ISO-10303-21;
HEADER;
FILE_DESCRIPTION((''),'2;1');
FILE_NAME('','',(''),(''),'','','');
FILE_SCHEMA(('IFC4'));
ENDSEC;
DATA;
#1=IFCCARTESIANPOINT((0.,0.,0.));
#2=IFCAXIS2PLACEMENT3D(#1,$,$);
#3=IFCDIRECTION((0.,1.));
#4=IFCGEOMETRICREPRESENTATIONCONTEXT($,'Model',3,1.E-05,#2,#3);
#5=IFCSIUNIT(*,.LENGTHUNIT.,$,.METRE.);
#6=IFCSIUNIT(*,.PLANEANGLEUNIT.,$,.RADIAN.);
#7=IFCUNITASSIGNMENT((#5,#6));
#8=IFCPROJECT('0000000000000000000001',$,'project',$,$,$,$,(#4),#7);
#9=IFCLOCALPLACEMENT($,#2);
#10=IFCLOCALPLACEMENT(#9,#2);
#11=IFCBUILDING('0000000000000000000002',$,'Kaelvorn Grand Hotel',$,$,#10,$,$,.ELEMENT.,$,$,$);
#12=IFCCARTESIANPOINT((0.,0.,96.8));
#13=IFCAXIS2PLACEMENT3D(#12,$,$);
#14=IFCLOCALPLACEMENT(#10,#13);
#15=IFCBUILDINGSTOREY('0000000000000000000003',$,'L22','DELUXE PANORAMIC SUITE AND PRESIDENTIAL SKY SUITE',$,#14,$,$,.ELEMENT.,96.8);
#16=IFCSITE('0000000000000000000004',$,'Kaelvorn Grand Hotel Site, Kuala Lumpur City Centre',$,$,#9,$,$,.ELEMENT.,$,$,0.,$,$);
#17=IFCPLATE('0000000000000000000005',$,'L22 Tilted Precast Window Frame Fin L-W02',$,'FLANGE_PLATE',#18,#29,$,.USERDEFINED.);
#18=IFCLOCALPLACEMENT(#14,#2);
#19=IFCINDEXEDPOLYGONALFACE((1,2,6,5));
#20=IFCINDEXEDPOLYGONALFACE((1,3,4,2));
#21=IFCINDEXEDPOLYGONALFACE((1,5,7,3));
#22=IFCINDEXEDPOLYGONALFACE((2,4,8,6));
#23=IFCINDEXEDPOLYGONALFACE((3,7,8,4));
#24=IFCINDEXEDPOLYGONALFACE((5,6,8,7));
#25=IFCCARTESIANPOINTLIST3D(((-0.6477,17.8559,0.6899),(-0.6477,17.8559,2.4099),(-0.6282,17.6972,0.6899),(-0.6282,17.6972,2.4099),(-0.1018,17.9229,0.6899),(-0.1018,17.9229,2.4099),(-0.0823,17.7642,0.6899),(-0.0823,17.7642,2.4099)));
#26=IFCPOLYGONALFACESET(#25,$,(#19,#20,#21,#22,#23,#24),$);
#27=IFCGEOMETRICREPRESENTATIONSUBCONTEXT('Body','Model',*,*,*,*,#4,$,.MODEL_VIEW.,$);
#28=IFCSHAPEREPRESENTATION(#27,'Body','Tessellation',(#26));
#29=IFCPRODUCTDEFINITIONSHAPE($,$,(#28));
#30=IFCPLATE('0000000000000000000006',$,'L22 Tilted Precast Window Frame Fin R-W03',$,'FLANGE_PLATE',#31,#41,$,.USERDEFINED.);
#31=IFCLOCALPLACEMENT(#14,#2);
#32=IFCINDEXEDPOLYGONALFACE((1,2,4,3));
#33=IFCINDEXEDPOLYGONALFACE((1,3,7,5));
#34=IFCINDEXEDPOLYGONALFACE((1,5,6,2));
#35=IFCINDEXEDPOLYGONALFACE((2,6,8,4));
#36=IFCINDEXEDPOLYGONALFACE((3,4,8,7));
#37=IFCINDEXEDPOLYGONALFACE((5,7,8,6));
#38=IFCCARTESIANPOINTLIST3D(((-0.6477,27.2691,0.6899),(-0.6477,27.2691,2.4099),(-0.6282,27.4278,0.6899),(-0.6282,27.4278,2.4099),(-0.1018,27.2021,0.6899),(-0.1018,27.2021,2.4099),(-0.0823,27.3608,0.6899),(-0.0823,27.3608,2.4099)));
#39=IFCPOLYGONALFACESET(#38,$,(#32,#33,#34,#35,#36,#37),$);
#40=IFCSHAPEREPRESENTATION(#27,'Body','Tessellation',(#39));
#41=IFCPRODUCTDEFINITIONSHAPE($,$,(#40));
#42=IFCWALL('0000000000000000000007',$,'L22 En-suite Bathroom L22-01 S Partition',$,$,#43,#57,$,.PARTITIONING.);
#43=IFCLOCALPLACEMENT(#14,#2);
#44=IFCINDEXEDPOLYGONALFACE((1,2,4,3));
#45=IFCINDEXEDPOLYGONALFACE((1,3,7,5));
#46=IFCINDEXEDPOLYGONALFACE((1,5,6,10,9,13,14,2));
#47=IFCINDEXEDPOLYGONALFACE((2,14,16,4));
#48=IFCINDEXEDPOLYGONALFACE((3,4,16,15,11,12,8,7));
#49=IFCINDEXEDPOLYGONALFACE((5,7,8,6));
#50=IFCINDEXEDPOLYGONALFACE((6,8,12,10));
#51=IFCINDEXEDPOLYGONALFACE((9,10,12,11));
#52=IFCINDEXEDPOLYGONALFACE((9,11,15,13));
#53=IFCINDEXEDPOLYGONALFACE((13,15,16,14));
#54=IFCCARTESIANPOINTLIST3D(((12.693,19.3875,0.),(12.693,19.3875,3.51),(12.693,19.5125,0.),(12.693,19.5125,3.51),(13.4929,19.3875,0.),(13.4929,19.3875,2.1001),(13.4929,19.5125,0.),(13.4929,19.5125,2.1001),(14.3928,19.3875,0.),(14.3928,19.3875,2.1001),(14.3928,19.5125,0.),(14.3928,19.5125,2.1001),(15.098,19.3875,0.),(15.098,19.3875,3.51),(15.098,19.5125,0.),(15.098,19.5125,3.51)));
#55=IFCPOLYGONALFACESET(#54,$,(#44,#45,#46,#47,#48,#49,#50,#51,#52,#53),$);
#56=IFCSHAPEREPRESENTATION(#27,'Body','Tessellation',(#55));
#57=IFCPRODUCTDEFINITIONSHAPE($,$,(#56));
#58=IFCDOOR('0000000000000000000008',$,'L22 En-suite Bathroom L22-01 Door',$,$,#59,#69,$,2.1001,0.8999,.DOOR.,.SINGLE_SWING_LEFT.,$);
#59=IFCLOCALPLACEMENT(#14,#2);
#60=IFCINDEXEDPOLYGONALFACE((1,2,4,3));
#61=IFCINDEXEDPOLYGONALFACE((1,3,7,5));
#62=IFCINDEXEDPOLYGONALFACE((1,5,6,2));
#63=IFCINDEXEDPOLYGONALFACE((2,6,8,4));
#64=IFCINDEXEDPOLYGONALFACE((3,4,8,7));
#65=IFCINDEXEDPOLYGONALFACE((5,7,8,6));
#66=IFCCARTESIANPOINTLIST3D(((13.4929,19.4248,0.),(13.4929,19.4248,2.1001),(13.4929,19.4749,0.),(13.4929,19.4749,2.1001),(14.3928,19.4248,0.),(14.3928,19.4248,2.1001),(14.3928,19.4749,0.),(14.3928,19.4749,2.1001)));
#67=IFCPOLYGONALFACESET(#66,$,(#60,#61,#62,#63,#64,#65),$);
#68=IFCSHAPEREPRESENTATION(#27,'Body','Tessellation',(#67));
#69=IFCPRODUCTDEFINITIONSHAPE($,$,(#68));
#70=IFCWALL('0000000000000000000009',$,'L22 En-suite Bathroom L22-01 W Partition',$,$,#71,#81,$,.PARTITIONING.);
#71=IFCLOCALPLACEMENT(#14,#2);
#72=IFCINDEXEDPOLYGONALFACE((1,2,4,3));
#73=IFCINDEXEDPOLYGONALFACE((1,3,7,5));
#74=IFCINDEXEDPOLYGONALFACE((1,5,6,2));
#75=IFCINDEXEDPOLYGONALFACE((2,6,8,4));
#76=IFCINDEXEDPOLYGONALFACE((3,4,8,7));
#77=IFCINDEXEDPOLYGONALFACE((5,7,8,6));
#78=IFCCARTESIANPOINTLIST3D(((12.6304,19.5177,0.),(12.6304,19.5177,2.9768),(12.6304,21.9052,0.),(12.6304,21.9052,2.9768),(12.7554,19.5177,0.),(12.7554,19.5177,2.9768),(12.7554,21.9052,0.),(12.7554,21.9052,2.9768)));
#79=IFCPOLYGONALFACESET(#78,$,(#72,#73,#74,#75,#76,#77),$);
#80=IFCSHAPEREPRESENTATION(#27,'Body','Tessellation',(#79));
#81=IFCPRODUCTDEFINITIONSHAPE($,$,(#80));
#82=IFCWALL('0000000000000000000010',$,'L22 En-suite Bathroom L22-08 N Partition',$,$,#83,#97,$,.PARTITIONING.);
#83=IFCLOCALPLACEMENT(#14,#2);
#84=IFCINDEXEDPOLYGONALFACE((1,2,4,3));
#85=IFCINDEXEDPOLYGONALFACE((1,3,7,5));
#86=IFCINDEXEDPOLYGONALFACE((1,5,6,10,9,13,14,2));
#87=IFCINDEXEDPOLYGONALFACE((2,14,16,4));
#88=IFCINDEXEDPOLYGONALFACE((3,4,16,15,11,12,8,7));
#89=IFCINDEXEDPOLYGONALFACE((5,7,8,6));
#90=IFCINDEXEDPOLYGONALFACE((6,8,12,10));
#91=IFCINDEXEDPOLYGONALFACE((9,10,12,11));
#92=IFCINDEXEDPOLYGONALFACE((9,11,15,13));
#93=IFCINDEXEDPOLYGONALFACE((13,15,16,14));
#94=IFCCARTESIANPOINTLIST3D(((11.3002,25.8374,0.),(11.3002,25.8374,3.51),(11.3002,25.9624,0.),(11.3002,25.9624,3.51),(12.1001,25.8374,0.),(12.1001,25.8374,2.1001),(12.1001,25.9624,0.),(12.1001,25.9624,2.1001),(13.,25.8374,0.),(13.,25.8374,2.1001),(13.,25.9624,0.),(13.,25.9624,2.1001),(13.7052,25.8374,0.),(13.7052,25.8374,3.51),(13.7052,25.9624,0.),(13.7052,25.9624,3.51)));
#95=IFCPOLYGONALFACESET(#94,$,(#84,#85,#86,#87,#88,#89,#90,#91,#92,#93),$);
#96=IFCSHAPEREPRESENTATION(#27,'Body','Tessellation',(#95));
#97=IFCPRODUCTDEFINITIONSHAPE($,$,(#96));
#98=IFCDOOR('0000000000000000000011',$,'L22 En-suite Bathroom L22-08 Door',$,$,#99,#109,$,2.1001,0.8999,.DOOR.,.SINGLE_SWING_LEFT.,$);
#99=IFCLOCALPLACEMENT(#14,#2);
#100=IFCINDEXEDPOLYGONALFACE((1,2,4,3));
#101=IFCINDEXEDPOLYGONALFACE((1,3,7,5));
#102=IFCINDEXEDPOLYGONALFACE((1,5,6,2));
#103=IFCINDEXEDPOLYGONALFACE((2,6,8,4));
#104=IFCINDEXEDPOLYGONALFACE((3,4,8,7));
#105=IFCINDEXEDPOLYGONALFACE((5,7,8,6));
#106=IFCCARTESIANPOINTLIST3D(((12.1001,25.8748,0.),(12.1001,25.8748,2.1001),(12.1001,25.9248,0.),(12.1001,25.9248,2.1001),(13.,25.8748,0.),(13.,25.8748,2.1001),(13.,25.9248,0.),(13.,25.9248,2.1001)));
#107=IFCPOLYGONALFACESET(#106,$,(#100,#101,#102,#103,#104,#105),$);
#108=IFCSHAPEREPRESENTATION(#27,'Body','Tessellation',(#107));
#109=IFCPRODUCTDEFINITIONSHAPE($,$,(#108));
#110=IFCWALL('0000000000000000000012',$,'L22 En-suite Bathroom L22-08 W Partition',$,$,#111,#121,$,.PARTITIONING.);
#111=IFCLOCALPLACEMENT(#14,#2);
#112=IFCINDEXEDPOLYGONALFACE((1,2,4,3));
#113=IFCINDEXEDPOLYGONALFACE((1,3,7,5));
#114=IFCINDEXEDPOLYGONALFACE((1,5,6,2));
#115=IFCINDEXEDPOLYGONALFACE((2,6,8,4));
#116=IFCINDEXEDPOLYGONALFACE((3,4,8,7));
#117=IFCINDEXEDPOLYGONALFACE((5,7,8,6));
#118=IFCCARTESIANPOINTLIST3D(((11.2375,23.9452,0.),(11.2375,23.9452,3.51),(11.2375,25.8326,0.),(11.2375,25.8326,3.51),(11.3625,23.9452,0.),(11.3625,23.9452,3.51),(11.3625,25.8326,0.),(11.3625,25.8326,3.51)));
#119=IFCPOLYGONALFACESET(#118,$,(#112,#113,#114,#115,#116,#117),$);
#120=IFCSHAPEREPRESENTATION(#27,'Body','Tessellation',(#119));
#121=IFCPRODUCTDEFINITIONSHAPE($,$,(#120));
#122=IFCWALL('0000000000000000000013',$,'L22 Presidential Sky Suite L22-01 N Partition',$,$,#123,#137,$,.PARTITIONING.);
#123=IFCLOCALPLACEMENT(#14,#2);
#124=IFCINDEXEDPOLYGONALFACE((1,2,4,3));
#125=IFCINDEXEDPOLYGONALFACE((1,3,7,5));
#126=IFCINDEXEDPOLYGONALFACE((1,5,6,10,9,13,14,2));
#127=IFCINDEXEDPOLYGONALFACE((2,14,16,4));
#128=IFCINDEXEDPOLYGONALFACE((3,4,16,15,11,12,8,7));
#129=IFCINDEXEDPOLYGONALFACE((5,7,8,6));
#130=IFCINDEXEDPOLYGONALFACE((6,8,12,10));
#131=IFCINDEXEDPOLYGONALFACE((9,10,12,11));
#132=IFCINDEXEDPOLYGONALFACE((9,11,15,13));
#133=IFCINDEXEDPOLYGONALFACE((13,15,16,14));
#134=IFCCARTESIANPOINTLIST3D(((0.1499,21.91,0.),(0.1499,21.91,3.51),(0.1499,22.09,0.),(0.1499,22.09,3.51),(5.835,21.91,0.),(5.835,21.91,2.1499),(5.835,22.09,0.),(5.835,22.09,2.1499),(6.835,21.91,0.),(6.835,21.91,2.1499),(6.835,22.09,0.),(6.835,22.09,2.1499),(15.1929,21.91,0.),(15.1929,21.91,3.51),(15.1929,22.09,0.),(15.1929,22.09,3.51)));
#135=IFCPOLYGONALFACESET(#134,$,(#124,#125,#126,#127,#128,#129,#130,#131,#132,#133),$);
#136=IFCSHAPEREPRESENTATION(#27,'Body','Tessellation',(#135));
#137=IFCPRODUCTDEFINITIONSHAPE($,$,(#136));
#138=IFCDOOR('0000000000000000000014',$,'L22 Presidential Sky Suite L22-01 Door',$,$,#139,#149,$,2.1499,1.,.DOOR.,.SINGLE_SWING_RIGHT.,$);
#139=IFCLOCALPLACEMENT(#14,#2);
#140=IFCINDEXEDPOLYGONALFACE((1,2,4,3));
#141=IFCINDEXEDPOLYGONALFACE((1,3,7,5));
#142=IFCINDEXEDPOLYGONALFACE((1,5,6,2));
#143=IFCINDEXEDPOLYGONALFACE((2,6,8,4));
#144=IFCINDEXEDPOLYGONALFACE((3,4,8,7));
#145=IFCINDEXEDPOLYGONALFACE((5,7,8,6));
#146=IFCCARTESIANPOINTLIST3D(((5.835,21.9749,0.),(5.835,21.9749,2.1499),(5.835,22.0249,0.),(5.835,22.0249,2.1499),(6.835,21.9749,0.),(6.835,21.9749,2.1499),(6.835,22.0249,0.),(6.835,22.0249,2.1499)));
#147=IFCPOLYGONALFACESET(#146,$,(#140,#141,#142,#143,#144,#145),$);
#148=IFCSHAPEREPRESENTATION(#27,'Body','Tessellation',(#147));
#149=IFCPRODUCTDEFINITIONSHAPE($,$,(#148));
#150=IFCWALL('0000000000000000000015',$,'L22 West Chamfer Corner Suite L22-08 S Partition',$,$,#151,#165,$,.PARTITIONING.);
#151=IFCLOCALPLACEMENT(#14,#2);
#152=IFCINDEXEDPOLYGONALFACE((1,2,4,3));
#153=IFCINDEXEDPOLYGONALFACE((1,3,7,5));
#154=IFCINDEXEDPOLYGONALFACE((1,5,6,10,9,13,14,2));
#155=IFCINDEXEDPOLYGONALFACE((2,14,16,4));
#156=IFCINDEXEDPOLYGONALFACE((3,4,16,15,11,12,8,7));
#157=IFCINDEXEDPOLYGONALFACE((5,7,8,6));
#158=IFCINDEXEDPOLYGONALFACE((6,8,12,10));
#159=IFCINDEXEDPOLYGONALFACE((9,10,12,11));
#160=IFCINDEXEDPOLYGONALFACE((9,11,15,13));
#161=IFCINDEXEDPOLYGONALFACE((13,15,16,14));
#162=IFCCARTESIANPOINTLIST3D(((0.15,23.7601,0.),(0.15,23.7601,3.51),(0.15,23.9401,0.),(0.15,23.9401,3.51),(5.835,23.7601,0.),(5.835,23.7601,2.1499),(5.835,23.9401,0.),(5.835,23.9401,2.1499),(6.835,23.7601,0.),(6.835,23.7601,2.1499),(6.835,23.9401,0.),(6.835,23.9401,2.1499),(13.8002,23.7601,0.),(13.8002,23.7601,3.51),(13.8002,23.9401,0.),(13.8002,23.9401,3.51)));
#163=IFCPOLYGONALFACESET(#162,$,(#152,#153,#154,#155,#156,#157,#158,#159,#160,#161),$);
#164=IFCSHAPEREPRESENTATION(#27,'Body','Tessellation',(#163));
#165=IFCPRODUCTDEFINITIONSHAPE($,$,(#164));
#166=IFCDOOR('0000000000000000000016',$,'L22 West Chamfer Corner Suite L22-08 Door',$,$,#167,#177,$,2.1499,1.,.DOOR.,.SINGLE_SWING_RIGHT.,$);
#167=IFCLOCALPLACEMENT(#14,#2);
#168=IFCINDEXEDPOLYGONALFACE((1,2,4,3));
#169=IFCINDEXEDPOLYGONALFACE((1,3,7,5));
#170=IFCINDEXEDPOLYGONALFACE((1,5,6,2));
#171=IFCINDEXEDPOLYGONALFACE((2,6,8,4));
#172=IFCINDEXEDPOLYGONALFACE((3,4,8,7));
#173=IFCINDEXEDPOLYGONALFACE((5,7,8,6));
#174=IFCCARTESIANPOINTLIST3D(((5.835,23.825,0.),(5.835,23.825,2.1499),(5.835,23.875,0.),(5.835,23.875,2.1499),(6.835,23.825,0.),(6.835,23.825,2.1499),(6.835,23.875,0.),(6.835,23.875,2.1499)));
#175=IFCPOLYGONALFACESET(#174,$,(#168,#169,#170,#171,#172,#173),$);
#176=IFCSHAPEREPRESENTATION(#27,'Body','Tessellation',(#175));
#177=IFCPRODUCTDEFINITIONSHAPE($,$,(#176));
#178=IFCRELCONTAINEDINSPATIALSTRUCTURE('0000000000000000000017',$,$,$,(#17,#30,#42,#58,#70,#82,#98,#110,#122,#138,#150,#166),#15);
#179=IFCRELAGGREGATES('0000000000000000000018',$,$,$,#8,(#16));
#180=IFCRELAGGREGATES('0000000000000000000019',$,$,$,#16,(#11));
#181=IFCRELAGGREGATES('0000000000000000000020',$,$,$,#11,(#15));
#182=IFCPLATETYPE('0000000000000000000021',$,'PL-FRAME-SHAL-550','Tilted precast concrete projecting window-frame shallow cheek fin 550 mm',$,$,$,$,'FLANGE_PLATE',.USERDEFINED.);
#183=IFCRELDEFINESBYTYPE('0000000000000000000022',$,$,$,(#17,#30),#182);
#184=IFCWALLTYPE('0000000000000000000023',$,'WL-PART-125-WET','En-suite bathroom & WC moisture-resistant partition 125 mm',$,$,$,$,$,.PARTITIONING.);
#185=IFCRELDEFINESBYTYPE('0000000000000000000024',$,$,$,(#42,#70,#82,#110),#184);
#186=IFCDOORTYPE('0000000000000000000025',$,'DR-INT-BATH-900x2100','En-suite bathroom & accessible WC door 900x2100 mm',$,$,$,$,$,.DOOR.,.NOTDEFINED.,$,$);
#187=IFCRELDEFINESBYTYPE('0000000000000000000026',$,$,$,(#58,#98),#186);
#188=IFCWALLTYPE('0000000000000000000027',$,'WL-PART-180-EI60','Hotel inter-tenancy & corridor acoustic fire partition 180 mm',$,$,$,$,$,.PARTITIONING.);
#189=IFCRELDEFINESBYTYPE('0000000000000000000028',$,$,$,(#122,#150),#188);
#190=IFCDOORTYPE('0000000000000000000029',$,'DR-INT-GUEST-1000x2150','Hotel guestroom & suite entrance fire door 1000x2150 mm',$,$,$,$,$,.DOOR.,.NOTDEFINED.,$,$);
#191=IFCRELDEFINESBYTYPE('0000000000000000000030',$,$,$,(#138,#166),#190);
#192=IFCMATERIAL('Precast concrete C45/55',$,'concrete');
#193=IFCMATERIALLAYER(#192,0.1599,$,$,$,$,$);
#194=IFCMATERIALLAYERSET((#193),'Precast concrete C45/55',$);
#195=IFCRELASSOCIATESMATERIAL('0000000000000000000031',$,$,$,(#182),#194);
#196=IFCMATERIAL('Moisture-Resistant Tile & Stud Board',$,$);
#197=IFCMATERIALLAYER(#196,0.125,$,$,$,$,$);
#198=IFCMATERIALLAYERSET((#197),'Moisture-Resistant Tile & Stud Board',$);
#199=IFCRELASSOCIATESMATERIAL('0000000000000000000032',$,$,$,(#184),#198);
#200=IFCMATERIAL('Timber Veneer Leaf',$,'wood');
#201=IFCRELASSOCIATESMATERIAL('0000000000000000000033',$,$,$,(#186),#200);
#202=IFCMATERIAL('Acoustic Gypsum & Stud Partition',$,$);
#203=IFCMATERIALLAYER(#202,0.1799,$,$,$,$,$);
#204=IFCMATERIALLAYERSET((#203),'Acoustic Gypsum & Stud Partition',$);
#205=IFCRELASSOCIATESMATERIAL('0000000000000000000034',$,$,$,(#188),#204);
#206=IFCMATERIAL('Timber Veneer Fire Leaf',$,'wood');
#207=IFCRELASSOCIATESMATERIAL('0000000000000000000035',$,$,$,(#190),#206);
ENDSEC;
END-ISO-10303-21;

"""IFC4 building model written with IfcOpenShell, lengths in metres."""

from ifc_helpers import new_model, si_unit, direction, frame, frame_2d, origin, origin_2d, place, context, subcontext, project, spatial, rectangle, extrude, material, layer, layer_set, type_object, element, fill, save


model = new_model("IFC4")

# Units and contexts
model_context = context("Model", 3, precision=1e-05, world=origin(), true_north=direction((0.0, 1.0)))
body_context = subcontext(model_context, "Body", "Model", "MODEL_VIEW")
ifc_project = project(units=[si_unit("LENGTHUNIT", "METRE"), si_unit("PLANEANGLEUNIT", "RADIAN")], contexts=[model_context])

# Site, building, storey
site_placement = place(None, origin())
site = spatial("IfcSite", under=ifc_project, at=site_placement, Name="Kaelvorn Grand Hotel Site, Kuala Lumpur City Centre", CompositionType="ELEMENT", RefElevation=0.0)
building_placement = place(site_placement, origin())
building = spatial("IfcBuilding", under=site, at=building_placement, Name="Kaelvorn Grand Hotel", CompositionType="ELEMENT")
storey_placement = place(building_placement, frame((0.0, 0.0, 96.8)))
storey = spatial("IfcBuildingStorey", under=building, at=storey_placement, Name="L22", Description="DELUXE PANORAMIC SUITE AND PRESIDENTIAL SKY SUITE", CompositionType="ELEMENT", Elevation=96.8)

# Plates
ifc_material_1 = material(Name="Precast concrete C45/55", Category="concrete")
ifc_layer_1 = layer(ifc_material_1, 0.1599)
ifc_layer_set_1 = layer_set([ifc_layer_1], Name="Precast concrete C45/55")
plate_type_1 = type_object("IfcPlateType", Name="PL-FRAME-SHAL-550", Description="Tilted precast concrete projecting window-frame shallow cheek fin 550 mm", ElementType="FLANGE_PLATE", PredefinedType="USERDEFINED", material=ifc_layer_set_1)
for number, where, z_axis, x_axis, name in (
    (1, (-0.365, 17.8101, 0.6899), (0.0, 0.0, 1.0), (-0.121869, 0.992546, 0.0), "L22 Tilted Precast Window Frame Fin L-W02"),
    (2, (-0.365, 27.3149, 0.6899), (0.0, 0.0, 1.0), (0.121869, 0.992546, 0.0), "L22 Tilted Precast Window Frame Fin R-W03"),
):
    element("IfcPlate", number, at=place(storey_placement, frame(where, z_axis=z_axis, x_axis=x_axis)), inside=storey, type_object=plate_type_1, Name=name, ObjectType="FLANGE_PLATE", PredefinedType="USERDEFINED", context=body_context, shape_type="SweptSolid", body=[
        extrude(rectangle(XDim=0.1599, YDim=0.55, at=origin_2d()), origin(), (0.0, 0.0, 1.0), 1.72),
    ])

# Wall, opening, door
ifc_material_2 = material(Name="Moisture-Resistant Tile & Stud Board")
ifc_layer_2 = layer(ifc_material_2, 0.125)
ifc_layer_set_2 = layer_set([ifc_layer_2], Name="Moisture-Resistant Tile & Stud Board")
wall_type_1 = type_object("IfcWallType", Name="WL-PART-125-WET", Description="En-suite bathroom & WC moisture-resistant partition 125 mm", PredefinedType="PARTITIONING", material=ifc_layer_set_2)
wall_1_placement = place(storey_placement, frame((12.6929, 19.45, 0.0), z_axis=(0.0, 0.0, 1.0), x_axis=(1.0, 0.0, 0.0)))
wall_1 = element("IfcWall", 3, at=wall_1_placement, inside=storey, type_object=wall_type_1, Name="L22 En-suite Bathroom L22-01 S Partition", PredefinedType="PARTITIONING", context=body_context, shape_type="SweptSolid", body=[
    extrude(rectangle(XDim=2.405, YDim=0.125, at=frame_2d((1.2026, 0.0))), origin(), (0.0, 0.0, 1.0), 3.51),
])
opening_1_placement = place(wall_1_placement, frame((0.8, 0.0, 0.0)))
opening_1 = element("IfcOpeningElement", 4, at=opening_1_placement, cuts=wall_1, PredefinedType="OPENING", context=body_context, shape_type="SweptSolid", body=[
    extrude(rectangle(XDim=0.8999, YDim=2.1001, at=frame_2d((0.45, 1.05))), frame((0.0, 0.0725, 0.0), z_axis=(0.0, -1.0, 0.0), x_axis=(1.0, 0.0, 0.0)), (0.0, 0.0, 1.0), 0.145),
])
ifc_material_3 = material(Name="Timber Veneer Leaf", Category="wood")
door_type_1 = type_object("IfcDoorType", Name="DR-INT-BATH-900x2100", Description="En-suite bathroom & accessible WC door 900x2100 mm", OperationType="NOTDEFINED", PredefinedType="DOOR", material=ifc_material_3)
door_1_placement = place(opening_1_placement, origin())
door_1 = element("IfcDoor", 5, at=door_1_placement, inside=storey, type_object=door_type_1, Name="L22 En-suite Bathroom L22-01 Door", OperationType="SINGLE_SWING_LEFT", OverallHeight=2.1001, OverallWidth=0.8999, PredefinedType="DOOR", context=body_context, shape_type="SweptSolid", body=[
    extrude(rectangle(XDim=0.8999, YDim=2.1001, at=frame_2d((0.45, 1.05))), frame((0.0, 0.0249, 0.0), z_axis=(0.0, -1.0, 0.0), x_axis=(1.0, 0.0, 0.0)), (0.0, 0.0, 1.0), 0.05),
])
fill(opening_1, door_1)

# Wall
wall_2_placement = place(storey_placement, frame((12.6929, 19.5176, 0.0), z_axis=(0.0, 0.0, 1.0), x_axis=(0.0, 1.0, 0.0)))
element("IfcWall", 6, at=wall_2_placement, inside=storey, type_object=wall_type_1, Name="L22 En-suite Bathroom L22-01 W Partition", PredefinedType="PARTITIONING", context=body_context, shape_type="SweptSolid", body=[
    extrude(rectangle(XDim=2.3875, YDim=0.125, at=frame_2d((1.1938, 0.0))), origin(), (0.0, 0.0, 1.0), 2.9768),
])

# Wall, opening, door
wall_3_placement = place(storey_placement, frame((11.3, 25.8999, 0.0), z_axis=(0.0, 0.0, 1.0), x_axis=(1.0, 0.0, 0.0)))
wall_3 = element("IfcWall", 7, at=wall_3_placement, inside=storey, type_object=wall_type_1, Name="L22 En-suite Bathroom L22-08 N Partition", PredefinedType="PARTITIONING", context=body_context, shape_type="SweptSolid", body=[
    extrude(rectangle(XDim=2.405, YDim=0.125, at=frame_2d((1.2026, 0.0))), origin(), (0.0, 0.0, 1.0), 3.51),
])
opening_2_placement = place(wall_3_placement, frame((0.8, 0.0, 0.0)))
opening_2 = element("IfcOpeningElement", 8, at=opening_2_placement, cuts=wall_3, PredefinedType="OPENING", context=body_context, shape_type="SweptSolid", body=[
    extrude(rectangle(XDim=0.8999, YDim=2.1001, at=frame_2d((0.45, 1.05))), frame((0.0, 0.0725, 0.0), z_axis=(0.0, -1.0, 0.0), x_axis=(1.0, 0.0, 0.0)), (0.0, 0.0, 1.0), 0.145),
])
door_2_placement = place(opening_2_placement, origin())
door_2 = element("IfcDoor", 9, at=door_2_placement, inside=storey, type_object=door_type_1, Name="L22 En-suite Bathroom L22-08 Door", OperationType="SINGLE_SWING_LEFT", OverallHeight=2.1001, OverallWidth=0.8999, PredefinedType="DOOR", context=body_context, shape_type="SweptSolid", body=[
    extrude(rectangle(XDim=0.8999, YDim=2.1001, at=frame_2d((0.45, 1.05))), frame((0.0, 0.0249, 0.0), z_axis=(0.0, -1.0, 0.0), x_axis=(1.0, 0.0, 0.0)), (0.0, 0.0, 1.0), 0.05),
])
fill(opening_2, door_2)

# Wall
wall_4_placement = place(storey_placement, frame((11.3, 23.9451, 0.0), z_axis=(0.0, 0.0, 1.0), x_axis=(0.0, 1.0, 0.0)))
element("IfcWall", 10, at=wall_4_placement, inside=storey, type_object=wall_type_1, Name="L22 En-suite Bathroom L22-08 W Partition", PredefinedType="PARTITIONING", context=body_context, shape_type="SweptSolid", body=[
    extrude(rectangle(XDim=1.8875, YDim=0.125, at=frame_2d((0.9438, 0.0))), origin(), (0.0, 0.0, 1.0), 3.51),
])

# Walls, openings, doors
ifc_material_4 = material(Name="Acoustic Gypsum & Stud Partition")
ifc_layer_3 = layer(ifc_material_4, 0.1799)
ifc_layer_set_3 = layer_set([ifc_layer_3], Name="Acoustic Gypsum & Stud Partition")
wall_type_2 = type_object("IfcWallType", Name="WL-PART-180-EI60", Description="Hotel inter-tenancy & corridor acoustic fire partition 180 mm", PredefinedType="PARTITIONING", material=ifc_layer_set_3)
wall_5_placement = place(storey_placement, frame((0.1499, 22.0, 0.0), z_axis=(0.0, 0.0, 1.0), x_axis=(1.0, 0.0, 0.0)))
wall_5 = element("IfcWall", 11, at=wall_5_placement, inside=storey, type_object=wall_type_2, Name="L22 Presidential Sky Suite L22-01 N Partition", PredefinedType="PARTITIONING", context=body_context, shape_type="SweptSolid", body=[
    extrude(rectangle(XDim=15.043, YDim=0.1799, at=frame_2d((7.5215, 0.0))), origin(), (0.0, 0.0, 1.0), 3.51),
])
opening_3_placement = place(wall_5_placement, frame((5.6851, 0.0, 0.0)))
opening_3 = element("IfcOpeningElement", 12, at=opening_3_placement, cuts=wall_5, PredefinedType="OPENING", context=body_context, shape_type="SweptSolid", body=[
    extrude(rectangle(XDim=1.0, YDim=2.1499, at=frame_2d((0.5, 1.075))), frame((0.0, 0.1001, 0.0), z_axis=(0.0, -1.0, 0.0), x_axis=(1.0, 0.0, 0.0)), (0.0, 0.0, 1.0), 0.2),
])
ifc_material_5 = material(Name="Timber Veneer Fire Leaf", Category="wood")
door_type_2 = type_object("IfcDoorType", Name="DR-INT-GUEST-1000x2150", Description="Hotel guestroom & suite entrance fire door 1000x2150 mm", OperationType="NOTDEFINED", PredefinedType="DOOR", material=ifc_material_5)
door_3_placement = place(opening_3_placement, origin())
door_3 = element("IfcDoor", 13, at=door_3_placement, inside=storey, type_object=door_type_2, Name="L22 Presidential Sky Suite L22-01 Door", OperationType="SINGLE_SWING_RIGHT", OverallHeight=2.1499, OverallWidth=1.0, PredefinedType="DOOR", context=body_context, shape_type="SweptSolid", body=[
    extrude(rectangle(XDim=1.0, YDim=2.1499, at=frame_2d((0.5, 1.075))), frame((0.0, 0.0249, 0.0), z_axis=(0.0, -1.0, 0.0), x_axis=(1.0, 0.0, 0.0)), (0.0, 0.0, 1.0), 0.05),
])
fill(opening_3, door_3)
wall_6_placement = place(storey_placement, frame((0.1499, 23.8501, 0.0), z_axis=(0.0, 0.0, 1.0), x_axis=(1.0, 0.0, 0.0)))
wall_6 = element("IfcWall", 14, at=wall_6_placement, inside=storey, type_object=wall_type_2, Name="L22 West Chamfer Corner Suite L22-08 S Partition", PredefinedType="PARTITIONING", context=body_context, shape_type="SweptSolid", body=[
    extrude(rectangle(XDim=13.6501, YDim=0.1799, at=frame_2d((6.8252, 0.0))), origin(), (0.0, 0.0, 1.0), 3.51),
])
opening_4_placement = place(wall_6_placement, frame((5.6851, 0.0, 0.0)))
opening_4 = element("IfcOpeningElement", 15, at=opening_4_placement, cuts=wall_6, PredefinedType="OPENING", context=body_context, shape_type="SweptSolid", body=[
    extrude(rectangle(XDim=1.0, YDim=2.1499, at=frame_2d((0.5, 1.075))), frame((0.0, 0.1001, 0.0), z_axis=(0.0, -1.0, 0.0), x_axis=(1.0, 0.0, 0.0)), (0.0, 0.0, 1.0), 0.2),
])
door_4_placement = place(opening_4_placement, origin())
door_4 = element("IfcDoor", 16, at=door_4_placement, inside=storey, type_object=door_type_2, Name="L22 West Chamfer Corner Suite L22-08 Door", OperationType="SINGLE_SWING_RIGHT", OverallHeight=2.1499, OverallWidth=1.0, PredefinedType="DOOR", context=body_context, shape_type="SweptSolid", body=[
    extrude(rectangle(XDim=1.0, YDim=2.1499, at=frame_2d((0.5, 1.075))), frame((0.0, 0.0249, 0.0), z_axis=(0.0, -1.0, 0.0), x_axis=(1.0, 0.0, 0.0)), (0.0, 0.0, 1.0), 0.05),
])
fill(opening_4, door_4)

save(model, "model.ifc")
